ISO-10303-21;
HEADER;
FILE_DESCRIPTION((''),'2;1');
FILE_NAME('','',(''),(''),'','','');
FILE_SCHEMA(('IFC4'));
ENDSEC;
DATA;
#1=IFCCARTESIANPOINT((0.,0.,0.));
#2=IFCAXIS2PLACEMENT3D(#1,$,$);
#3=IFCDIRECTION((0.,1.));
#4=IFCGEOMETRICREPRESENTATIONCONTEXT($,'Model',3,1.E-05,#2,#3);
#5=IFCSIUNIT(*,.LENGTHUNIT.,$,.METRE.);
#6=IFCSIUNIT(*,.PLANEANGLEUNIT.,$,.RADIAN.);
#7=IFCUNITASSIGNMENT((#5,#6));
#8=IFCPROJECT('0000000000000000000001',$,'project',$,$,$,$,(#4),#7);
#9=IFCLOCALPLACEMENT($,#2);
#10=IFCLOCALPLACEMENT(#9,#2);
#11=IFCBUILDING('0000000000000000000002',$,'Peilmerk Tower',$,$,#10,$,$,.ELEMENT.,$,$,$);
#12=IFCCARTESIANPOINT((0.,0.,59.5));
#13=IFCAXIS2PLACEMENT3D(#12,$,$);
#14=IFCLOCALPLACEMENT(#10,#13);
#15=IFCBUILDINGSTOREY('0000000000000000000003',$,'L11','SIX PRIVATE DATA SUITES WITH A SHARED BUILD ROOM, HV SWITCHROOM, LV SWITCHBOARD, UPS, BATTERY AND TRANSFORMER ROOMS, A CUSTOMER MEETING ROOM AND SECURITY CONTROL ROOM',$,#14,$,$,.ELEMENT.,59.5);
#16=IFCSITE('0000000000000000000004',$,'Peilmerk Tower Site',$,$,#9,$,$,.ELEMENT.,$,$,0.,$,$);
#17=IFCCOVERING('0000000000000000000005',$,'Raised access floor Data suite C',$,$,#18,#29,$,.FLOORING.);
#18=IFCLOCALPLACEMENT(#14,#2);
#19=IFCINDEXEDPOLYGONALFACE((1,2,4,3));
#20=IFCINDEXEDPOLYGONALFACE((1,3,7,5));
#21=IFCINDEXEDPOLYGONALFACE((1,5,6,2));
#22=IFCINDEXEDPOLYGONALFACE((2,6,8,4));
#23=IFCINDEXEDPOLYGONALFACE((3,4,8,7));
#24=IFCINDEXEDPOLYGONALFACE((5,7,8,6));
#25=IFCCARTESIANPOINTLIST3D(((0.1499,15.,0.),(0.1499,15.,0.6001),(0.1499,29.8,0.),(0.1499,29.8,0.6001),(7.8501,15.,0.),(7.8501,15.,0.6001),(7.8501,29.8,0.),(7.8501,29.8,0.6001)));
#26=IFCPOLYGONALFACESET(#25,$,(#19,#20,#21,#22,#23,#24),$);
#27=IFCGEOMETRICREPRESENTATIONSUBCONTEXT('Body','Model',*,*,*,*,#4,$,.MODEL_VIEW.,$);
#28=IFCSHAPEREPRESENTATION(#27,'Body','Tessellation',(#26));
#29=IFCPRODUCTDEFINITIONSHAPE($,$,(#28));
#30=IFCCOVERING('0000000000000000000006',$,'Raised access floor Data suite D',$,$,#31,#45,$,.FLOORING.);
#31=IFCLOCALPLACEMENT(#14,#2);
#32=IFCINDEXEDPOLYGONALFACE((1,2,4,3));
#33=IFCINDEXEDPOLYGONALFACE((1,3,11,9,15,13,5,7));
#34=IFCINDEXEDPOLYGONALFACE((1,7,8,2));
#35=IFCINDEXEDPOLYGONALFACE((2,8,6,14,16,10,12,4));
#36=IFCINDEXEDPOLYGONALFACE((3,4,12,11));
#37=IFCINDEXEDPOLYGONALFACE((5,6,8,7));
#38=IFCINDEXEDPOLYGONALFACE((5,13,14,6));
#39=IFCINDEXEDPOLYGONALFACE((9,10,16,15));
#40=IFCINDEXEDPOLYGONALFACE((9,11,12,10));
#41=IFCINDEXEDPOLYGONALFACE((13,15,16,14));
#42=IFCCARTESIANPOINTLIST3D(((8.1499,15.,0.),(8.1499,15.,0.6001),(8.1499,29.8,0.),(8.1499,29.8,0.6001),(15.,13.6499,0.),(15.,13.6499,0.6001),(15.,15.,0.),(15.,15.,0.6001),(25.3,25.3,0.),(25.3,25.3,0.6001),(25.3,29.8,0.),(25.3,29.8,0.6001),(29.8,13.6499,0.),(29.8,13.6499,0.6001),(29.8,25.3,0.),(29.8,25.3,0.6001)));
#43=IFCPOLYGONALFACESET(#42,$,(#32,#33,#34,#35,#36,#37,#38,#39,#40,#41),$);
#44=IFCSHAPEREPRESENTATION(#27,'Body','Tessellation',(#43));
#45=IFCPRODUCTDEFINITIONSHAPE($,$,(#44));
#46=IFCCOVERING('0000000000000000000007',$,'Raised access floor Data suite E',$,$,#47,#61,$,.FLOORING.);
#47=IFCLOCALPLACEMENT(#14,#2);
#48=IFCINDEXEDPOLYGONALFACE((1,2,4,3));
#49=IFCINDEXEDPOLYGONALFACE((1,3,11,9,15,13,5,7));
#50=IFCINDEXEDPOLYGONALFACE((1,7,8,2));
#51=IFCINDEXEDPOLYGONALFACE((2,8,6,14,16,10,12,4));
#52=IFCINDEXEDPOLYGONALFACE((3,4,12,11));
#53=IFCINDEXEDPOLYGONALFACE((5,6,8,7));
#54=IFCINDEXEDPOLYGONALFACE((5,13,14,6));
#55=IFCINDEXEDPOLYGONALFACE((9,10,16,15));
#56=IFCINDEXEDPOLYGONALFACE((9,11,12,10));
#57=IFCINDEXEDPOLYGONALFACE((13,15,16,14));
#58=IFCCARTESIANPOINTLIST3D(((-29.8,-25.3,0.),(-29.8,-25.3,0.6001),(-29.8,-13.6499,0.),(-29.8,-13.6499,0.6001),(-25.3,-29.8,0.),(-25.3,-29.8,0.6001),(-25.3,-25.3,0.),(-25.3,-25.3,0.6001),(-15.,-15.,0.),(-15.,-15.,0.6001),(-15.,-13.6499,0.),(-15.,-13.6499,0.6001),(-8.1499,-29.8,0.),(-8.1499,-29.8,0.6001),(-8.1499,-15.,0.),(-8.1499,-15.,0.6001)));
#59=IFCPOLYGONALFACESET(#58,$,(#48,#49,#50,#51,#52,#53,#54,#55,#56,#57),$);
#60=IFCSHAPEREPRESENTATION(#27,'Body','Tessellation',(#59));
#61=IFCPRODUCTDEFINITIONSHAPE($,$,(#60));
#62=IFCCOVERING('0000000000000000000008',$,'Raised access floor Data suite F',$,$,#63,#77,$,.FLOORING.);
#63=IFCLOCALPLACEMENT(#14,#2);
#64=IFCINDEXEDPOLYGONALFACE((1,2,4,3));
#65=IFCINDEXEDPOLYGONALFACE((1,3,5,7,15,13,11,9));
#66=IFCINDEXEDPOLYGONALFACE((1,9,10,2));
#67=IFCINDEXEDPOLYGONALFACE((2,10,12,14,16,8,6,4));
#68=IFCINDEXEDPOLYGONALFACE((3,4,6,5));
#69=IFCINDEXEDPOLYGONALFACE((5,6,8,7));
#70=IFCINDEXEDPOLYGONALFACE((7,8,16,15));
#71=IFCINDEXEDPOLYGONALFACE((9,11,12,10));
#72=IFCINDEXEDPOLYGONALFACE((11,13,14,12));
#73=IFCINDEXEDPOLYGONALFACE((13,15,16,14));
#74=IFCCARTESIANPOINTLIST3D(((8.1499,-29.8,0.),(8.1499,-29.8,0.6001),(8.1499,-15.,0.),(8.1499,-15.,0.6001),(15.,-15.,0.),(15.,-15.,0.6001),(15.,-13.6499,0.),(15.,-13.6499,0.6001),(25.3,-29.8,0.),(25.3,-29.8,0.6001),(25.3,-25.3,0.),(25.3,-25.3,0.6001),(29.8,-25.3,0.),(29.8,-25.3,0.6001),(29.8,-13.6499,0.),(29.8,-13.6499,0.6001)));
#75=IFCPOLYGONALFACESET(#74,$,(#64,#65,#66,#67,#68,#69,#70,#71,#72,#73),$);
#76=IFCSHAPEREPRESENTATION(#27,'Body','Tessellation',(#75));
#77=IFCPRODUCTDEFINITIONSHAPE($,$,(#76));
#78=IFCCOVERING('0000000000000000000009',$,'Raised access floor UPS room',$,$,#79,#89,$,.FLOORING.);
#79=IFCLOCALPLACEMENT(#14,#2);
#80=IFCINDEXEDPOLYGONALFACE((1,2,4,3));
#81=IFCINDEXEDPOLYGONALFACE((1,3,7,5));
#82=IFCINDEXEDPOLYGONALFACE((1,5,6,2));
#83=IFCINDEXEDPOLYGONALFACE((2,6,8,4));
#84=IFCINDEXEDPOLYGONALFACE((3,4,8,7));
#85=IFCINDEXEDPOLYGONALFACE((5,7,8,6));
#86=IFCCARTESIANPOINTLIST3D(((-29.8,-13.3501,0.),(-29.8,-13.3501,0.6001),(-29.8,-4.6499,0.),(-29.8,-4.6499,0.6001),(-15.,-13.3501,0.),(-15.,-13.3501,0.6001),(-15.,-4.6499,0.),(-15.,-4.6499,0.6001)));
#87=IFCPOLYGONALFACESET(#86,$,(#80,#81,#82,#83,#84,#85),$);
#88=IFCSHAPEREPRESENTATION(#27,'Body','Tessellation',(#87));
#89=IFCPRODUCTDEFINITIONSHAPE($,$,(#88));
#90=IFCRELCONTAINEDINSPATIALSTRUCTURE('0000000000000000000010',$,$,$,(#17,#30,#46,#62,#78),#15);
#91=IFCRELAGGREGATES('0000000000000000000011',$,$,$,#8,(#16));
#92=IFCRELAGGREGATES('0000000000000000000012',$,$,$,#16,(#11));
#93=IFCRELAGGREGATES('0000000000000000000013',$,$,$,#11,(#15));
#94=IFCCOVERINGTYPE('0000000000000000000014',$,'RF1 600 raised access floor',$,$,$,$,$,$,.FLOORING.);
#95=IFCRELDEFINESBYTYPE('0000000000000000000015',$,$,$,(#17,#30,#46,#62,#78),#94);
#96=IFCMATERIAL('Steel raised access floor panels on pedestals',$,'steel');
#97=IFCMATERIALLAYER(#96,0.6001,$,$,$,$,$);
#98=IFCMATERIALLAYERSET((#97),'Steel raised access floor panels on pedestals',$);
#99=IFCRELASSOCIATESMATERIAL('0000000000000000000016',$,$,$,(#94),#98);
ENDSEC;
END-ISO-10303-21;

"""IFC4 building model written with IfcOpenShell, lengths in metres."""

from ifc_helpers import new_model, si_unit, direction, frame, origin, place, context, subcontext, project, spatial, polyline, outline, extrude, material, layer, layer_set, type_object, element, save


model = new_model("IFC4")

# Units and contexts
model_context = context("Model", 3, precision=1e-05, world=origin(), true_north=direction((0.0, 1.0)))
body_context = subcontext(model_context, "Body", "Model", "MODEL_VIEW")
ifc_project = project(units=[si_unit("LENGTHUNIT", "METRE"), si_unit("PLANEANGLEUNIT", "RADIAN")], contexts=[model_context])

# Site, building, storey
site_placement = place(None, origin())
site = spatial("IfcSite", under=ifc_project, at=site_placement, Name="Peilmerk Tower Site", CompositionType="ELEMENT", RefElevation=0.0)
building_placement = place(site_placement, origin())
building = spatial("IfcBuilding", under=site, at=building_placement, Name="Peilmerk Tower", CompositionType="ELEMENT")
storey_placement = place(building_placement, frame((0.0, 0.0, 59.5)))
storey = spatial("IfcBuildingStorey", under=building, at=storey_placement, Name="L11", Description="SIX PRIVATE DATA SUITES WITH A SHARED BUILD ROOM, HV SWITCHROOM, LV SWITCHBOARD, UPS, BATTERY AND TRANSFORMER ROOMS, A CUSTOMER MEETING ROOM AND SECURITY CONTROL ROOM", CompositionType="ELEMENT", Elevation=59.5)

# Coverings
ifc_material_1 = material(Name="Steel raised access floor panels on pedestals", Category="steel")
ifc_layer_1 = layer(ifc_material_1, 0.6001)
ifc_layer_set_1 = layer_set([ifc_layer_1], Name="Steel raised access floor panels on pedestals")
covering_type_1 = type_object("IfcCoveringType", Name="RF1 600 raised access floor", PredefinedType="FLOORING", material=ifc_layer_set_1)
covering_1_placement = place(storey_placement, origin())
element("IfcCovering", 1, at=covering_1_placement, inside=storey, type_object=covering_type_1, Name="Raised access floor Data suite C", PredefinedType="FLOORING", context=body_context, shape_type="SweptSolid", body=[
    extrude(outline(polyline([(7.8501, 29.8), (0.1499, 29.8), (0.1499, 15.0), (7.8501, 15.0), (7.8501, 29.8)])), origin(), (0.0, 0.0, 1.0), 0.6001),
])
covering_2_placement = place(storey_placement, origin())
element("IfcCovering", 2, at=covering_2_placement, inside=storey, type_object=covering_type_1, Name="Raised access floor Data suite D", PredefinedType="FLOORING", context=body_context, shape_type="SweptSolid", body=[
    extrude(outline(polyline([(25.3, 29.8), (8.1499, 29.8), (8.1499, 15.0), (15.0, 15.0), (15.0, 13.6499), (29.8, 13.6499), (29.8, 25.3), (25.3, 25.3), (25.3, 29.8)])), origin(), (0.0, 0.0, 1.0), 0.6001),
])
covering_3_placement = place(storey_placement, origin())
element("IfcCovering", 3, at=covering_3_placement, inside=storey, type_object=covering_type_1, Name="Raised access floor Data suite E", PredefinedType="FLOORING", context=body_context, shape_type="SweptSolid", body=[
    extrude(outline(polyline([(-25.3, -29.8), (-8.1499, -29.8), (-8.1499, -15.0), (-15.0, -15.0), (-15.0, -13.6499), (-29.8, -13.6499), (-29.8, -25.3), (-25.3, -25.3), (-25.3, -29.8)])), origin(), (0.0, 0.0, 1.0), 0.6001),
])
covering_4_placement = place(storey_placement, origin())
element("IfcCovering", 4, at=covering_4_placement, inside=storey, type_object=covering_type_1, Name="Raised access floor Data suite F", PredefinedType="FLOORING", context=body_context, shape_type="SweptSolid", body=[
    extrude(outline(polyline([(8.1499, -29.8), (25.3, -29.8), (25.3, -25.3), (29.8, -25.3), (29.8, -13.6499), (15.0, -13.6499), (15.0, -15.0), (8.1499, -15.0), (8.1499, -29.8)])), origin(), (0.0, 0.0, 1.0), 0.6001),
])
covering_5_placement = place(storey_placement, origin())
element("IfcCovering", 5, at=covering_5_placement, inside=storey, type_object=covering_type_1, Name="Raised access floor UPS room", PredefinedType="FLOORING", context=body_context, shape_type="SweptSolid", body=[
    extrude(outline(polyline([(-29.8, -4.6499), (-29.8, -13.3501), (-15.0, -13.3501), (-15.0, -4.6499), (-29.8, -4.6499)])), origin(), (0.0, 0.0, 1.0), 0.6001),
])

save(model, "model.ifc")
